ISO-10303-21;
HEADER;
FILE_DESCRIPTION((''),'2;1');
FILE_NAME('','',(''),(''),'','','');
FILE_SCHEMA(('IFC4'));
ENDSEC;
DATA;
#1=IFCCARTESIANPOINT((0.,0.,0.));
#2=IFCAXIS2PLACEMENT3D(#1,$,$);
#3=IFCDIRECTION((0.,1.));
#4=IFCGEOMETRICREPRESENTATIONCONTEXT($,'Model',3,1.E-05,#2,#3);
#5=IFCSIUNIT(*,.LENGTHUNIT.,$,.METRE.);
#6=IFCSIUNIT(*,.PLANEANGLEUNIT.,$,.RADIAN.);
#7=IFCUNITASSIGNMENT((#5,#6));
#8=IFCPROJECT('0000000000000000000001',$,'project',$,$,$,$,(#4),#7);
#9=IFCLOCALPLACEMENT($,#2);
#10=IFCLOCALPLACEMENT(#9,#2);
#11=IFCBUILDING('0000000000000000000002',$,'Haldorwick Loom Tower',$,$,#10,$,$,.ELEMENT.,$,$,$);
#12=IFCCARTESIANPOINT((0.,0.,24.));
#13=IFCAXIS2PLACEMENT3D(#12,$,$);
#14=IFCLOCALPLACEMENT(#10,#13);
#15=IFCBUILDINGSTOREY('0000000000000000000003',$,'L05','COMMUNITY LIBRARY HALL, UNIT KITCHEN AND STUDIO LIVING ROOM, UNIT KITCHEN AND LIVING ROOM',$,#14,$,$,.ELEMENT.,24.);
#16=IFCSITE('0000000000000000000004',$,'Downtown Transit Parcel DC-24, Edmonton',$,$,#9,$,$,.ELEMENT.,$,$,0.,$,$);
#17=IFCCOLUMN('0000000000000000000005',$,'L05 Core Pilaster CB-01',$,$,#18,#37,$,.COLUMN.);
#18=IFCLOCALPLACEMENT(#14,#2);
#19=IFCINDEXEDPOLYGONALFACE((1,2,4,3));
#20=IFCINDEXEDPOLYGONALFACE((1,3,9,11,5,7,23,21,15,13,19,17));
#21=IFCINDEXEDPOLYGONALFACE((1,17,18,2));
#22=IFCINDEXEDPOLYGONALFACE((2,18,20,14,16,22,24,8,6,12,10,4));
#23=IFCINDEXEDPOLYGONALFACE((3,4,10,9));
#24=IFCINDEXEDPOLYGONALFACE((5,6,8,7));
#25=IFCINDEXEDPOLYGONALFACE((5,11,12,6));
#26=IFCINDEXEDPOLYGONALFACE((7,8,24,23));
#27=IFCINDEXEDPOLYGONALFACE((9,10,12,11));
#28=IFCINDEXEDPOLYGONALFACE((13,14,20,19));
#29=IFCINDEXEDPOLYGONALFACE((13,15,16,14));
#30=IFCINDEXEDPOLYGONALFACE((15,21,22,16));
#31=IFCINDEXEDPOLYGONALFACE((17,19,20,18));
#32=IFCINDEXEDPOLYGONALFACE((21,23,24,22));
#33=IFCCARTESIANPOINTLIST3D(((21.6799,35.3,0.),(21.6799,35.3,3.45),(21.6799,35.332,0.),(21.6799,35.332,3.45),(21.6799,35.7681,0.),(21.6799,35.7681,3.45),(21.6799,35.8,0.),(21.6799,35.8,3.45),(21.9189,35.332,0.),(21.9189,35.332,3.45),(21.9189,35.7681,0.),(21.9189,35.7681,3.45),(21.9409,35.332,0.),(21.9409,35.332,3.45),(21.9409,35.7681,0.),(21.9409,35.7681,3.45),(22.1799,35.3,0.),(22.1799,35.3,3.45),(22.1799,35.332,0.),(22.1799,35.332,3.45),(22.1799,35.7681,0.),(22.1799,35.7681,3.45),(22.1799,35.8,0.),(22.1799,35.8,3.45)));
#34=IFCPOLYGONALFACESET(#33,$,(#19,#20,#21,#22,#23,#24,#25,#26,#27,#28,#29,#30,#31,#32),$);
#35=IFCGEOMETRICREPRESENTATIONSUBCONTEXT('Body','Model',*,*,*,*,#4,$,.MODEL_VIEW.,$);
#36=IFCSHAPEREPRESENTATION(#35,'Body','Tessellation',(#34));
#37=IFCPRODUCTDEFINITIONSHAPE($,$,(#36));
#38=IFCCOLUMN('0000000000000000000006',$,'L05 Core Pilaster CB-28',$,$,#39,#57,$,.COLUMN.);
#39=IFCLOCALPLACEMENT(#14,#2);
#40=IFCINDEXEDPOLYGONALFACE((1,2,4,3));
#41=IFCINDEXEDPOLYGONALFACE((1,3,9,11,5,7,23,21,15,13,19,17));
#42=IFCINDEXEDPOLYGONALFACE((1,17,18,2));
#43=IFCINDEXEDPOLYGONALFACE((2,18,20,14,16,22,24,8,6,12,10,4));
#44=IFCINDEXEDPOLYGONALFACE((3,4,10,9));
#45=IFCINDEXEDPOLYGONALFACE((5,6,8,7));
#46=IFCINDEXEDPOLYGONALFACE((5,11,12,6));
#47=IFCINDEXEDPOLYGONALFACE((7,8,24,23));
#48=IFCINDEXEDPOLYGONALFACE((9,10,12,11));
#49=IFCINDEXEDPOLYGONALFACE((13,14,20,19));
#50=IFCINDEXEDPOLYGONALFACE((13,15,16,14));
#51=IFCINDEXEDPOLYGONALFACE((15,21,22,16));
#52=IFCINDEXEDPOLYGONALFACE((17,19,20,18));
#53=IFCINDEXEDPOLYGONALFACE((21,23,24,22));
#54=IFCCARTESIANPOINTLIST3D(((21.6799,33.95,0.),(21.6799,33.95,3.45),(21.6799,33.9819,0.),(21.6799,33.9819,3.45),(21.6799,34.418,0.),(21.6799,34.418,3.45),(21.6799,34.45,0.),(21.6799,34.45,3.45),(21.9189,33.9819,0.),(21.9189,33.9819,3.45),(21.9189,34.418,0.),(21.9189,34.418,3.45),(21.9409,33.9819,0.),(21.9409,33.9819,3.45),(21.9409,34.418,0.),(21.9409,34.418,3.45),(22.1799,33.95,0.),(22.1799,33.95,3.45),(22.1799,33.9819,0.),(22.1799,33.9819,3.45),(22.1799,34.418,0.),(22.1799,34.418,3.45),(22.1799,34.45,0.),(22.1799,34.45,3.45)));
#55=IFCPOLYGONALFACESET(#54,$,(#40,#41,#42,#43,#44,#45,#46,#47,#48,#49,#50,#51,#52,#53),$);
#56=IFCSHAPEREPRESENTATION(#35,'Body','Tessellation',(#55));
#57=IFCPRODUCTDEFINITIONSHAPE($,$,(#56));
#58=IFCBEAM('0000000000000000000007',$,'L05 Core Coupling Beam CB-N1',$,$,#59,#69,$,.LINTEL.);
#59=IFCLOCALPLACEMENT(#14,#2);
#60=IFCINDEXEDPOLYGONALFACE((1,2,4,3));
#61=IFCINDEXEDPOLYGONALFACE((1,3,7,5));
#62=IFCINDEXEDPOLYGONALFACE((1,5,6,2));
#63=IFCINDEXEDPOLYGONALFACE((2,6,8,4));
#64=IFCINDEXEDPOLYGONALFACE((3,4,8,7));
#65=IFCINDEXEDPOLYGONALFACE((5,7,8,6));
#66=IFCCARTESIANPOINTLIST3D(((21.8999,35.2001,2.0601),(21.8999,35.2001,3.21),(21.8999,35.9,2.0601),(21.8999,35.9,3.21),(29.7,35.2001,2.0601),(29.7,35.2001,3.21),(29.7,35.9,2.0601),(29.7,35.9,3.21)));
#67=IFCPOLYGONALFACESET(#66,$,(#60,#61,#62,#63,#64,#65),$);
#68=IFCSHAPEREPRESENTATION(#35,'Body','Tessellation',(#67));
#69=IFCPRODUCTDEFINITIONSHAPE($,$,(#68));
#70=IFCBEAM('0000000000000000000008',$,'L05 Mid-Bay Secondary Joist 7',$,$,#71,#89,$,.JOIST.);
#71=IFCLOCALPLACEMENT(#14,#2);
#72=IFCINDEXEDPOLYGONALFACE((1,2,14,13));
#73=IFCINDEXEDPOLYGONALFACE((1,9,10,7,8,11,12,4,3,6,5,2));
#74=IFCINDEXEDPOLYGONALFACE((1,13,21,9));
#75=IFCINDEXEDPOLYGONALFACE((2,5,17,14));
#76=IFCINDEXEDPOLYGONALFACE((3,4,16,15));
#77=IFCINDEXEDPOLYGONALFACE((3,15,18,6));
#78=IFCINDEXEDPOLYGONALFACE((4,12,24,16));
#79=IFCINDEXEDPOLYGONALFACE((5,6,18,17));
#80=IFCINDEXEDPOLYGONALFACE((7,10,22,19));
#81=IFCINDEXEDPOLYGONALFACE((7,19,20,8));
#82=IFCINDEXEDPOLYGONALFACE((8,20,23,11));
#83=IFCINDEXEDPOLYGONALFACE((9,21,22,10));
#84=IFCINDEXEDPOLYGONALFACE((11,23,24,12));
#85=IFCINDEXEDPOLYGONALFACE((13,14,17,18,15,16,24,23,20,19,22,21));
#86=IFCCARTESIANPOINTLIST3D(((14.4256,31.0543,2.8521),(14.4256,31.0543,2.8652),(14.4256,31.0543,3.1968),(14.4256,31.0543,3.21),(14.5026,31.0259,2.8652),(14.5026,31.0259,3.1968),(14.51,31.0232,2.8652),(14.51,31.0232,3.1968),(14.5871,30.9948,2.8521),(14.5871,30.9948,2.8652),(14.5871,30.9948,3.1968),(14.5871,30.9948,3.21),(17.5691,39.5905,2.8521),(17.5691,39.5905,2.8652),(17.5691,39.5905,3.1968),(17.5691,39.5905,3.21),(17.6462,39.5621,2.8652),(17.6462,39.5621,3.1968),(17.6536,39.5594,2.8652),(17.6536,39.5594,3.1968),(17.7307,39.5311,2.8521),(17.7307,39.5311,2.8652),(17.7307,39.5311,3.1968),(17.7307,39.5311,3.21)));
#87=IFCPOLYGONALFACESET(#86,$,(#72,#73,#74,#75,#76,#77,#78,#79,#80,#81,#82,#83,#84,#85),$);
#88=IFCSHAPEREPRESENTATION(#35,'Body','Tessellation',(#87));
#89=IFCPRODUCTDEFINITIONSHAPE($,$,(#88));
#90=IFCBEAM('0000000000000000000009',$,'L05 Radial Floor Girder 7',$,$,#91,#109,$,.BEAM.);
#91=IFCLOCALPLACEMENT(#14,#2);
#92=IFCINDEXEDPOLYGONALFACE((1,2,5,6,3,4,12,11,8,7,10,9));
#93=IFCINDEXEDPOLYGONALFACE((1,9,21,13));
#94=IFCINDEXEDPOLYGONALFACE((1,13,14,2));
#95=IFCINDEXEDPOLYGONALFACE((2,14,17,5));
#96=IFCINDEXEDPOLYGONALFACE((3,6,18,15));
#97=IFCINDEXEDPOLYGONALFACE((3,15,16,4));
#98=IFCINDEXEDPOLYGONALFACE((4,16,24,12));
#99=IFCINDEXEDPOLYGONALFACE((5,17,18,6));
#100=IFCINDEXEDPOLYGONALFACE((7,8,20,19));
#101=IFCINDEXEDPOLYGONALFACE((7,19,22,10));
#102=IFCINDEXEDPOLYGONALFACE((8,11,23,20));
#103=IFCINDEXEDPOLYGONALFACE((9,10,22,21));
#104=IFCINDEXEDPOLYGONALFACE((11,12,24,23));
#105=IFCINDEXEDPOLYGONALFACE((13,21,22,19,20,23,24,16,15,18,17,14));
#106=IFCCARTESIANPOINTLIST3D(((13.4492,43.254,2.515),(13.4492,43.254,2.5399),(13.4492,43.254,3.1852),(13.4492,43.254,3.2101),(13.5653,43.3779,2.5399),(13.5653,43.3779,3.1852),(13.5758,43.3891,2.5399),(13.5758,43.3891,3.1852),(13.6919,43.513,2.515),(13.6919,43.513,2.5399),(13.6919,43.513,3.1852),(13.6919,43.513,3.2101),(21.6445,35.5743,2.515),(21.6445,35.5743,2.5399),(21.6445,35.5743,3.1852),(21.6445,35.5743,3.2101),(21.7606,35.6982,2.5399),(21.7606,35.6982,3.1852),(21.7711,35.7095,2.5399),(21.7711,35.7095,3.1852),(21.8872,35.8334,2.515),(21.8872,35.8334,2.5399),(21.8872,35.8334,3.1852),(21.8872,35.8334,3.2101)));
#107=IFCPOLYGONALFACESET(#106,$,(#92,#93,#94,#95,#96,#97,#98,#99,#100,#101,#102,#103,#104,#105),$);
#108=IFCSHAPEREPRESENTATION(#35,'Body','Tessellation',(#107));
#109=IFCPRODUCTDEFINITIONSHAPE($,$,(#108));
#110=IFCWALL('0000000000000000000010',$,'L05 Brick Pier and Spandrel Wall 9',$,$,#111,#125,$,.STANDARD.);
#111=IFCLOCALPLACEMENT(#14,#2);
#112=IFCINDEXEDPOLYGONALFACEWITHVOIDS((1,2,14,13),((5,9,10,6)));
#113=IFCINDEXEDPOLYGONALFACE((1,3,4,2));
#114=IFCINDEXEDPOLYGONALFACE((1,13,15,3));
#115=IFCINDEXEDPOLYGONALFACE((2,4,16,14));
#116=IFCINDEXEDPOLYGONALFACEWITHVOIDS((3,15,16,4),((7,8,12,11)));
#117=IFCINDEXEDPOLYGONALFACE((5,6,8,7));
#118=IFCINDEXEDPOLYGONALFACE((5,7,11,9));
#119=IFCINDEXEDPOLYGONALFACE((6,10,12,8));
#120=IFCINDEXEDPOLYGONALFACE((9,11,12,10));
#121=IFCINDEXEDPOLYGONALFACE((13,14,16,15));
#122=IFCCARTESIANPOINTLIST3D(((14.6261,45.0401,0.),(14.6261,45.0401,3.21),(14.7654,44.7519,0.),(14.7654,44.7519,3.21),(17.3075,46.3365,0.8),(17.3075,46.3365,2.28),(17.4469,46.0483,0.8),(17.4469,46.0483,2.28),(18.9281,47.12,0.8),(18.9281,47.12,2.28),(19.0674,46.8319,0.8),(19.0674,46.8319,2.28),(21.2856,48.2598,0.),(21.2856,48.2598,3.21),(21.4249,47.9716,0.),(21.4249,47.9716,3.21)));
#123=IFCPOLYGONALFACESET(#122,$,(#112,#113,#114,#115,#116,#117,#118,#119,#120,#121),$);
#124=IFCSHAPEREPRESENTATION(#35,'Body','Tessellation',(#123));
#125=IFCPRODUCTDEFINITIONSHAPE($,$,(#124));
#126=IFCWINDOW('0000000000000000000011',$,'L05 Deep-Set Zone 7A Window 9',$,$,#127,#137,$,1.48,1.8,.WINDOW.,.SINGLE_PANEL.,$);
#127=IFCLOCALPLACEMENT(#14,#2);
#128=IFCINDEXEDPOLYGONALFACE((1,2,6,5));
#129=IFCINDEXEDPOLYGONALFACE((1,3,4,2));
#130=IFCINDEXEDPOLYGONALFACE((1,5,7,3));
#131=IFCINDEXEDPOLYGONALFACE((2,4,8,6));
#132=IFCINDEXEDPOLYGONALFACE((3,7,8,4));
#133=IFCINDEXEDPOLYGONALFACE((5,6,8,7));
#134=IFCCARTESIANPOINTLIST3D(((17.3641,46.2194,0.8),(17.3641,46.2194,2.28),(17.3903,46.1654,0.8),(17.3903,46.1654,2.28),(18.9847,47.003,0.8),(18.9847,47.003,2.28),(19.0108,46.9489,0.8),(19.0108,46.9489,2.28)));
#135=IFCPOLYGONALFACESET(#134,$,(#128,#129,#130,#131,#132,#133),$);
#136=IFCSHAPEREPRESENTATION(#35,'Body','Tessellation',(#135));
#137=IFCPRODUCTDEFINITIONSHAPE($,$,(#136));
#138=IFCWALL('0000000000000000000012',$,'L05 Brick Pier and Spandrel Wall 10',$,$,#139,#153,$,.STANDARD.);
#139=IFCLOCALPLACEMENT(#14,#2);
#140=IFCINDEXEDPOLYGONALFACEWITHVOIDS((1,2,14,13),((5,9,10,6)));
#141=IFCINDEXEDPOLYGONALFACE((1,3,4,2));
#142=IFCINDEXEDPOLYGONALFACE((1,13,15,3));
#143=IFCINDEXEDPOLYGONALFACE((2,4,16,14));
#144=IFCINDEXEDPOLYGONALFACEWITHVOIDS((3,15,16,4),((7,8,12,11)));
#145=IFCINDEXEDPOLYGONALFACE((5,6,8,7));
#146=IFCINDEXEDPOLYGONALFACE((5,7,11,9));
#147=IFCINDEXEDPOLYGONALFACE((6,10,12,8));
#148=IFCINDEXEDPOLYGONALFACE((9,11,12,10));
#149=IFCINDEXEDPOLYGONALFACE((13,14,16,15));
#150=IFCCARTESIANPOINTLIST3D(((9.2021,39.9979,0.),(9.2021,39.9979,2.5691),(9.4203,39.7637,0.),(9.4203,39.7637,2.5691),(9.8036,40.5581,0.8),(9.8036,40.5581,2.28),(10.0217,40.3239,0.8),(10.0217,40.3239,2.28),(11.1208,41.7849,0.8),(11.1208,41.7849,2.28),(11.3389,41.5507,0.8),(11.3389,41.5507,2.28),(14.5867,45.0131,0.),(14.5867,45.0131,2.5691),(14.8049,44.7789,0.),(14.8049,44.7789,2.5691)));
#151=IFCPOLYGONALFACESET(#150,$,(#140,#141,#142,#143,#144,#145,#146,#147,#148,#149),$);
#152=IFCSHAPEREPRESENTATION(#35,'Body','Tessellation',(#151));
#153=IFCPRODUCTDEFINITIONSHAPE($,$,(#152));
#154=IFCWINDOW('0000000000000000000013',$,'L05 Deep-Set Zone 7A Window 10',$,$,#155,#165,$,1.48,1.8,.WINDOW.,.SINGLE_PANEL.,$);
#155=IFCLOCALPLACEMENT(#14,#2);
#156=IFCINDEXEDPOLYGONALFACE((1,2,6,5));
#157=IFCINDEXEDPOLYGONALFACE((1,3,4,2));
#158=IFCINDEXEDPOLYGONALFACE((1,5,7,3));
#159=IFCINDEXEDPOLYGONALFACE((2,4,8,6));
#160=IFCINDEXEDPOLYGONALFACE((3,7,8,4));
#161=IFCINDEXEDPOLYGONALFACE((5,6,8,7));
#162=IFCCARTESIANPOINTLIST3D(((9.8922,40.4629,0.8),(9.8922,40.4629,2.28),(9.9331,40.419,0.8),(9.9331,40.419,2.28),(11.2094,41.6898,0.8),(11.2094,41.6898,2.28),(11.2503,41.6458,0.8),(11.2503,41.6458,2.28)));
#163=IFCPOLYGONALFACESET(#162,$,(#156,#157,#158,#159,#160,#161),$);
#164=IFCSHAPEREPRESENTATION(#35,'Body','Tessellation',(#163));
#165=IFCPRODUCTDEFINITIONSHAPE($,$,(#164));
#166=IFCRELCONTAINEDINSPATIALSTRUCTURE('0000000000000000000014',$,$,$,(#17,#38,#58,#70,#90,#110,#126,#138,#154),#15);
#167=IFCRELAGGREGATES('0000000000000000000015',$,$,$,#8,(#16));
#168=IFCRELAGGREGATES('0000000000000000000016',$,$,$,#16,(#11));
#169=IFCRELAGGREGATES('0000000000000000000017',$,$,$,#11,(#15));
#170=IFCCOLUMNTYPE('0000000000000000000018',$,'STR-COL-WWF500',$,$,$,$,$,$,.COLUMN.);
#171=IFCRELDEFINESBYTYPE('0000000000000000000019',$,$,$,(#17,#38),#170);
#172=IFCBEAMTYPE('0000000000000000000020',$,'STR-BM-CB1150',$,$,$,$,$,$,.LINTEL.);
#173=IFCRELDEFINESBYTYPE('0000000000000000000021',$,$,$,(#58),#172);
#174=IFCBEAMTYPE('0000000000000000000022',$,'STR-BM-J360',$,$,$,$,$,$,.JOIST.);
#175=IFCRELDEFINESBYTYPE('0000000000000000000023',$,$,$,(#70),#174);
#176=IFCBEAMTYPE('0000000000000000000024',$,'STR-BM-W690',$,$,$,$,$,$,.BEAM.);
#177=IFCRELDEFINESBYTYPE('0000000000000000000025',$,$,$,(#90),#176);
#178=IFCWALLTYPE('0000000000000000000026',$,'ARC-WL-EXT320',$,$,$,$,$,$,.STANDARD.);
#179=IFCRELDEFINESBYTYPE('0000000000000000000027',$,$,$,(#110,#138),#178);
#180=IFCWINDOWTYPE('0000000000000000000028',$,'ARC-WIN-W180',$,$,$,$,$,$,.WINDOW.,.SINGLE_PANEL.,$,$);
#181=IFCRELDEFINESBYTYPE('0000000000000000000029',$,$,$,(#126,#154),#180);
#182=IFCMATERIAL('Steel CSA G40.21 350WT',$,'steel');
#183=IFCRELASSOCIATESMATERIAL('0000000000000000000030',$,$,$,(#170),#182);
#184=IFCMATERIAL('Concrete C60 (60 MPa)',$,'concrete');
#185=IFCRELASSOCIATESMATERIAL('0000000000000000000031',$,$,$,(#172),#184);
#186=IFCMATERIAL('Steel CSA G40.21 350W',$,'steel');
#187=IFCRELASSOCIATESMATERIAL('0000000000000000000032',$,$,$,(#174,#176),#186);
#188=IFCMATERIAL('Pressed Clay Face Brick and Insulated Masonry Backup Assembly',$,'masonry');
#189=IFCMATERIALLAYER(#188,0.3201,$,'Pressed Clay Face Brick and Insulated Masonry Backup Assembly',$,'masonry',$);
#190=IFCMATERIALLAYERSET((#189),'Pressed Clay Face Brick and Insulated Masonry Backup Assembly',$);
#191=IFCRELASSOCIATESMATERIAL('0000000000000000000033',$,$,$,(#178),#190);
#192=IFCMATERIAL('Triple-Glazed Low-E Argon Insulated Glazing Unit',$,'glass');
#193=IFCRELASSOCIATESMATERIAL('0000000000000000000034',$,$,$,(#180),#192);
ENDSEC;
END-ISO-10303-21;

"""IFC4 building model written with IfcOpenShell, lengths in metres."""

from ifc_helpers import new_model, si_unit, direction, frame, frame_2d, origin, origin_2d, place, context, subcontext, project, spatial, rectangle, i_section, extrude, material, layer, layer_set, material_profile, profile_set, type_object, element, fill, save


model = new_model("IFC4")

# Units and contexts
model_context = context("Model", 3, precision=1e-05, world=origin(), true_north=direction((0.0, 1.0)))
body_context = subcontext(model_context, "Body", "Model", "MODEL_VIEW")
ifc_project = project(units=[si_unit("LENGTHUNIT", "METRE"), si_unit("PLANEANGLEUNIT", "RADIAN")], contexts=[model_context])

# Site, building, storey
site_placement = place(None, origin())
site = spatial("IfcSite", under=ifc_project, at=site_placement, Name="Downtown Transit Parcel DC-24, Edmonton", CompositionType="ELEMENT", RefElevation=0.0)
building_placement = place(site_placement, origin())
building = spatial("IfcBuilding", under=site, at=building_placement, Name="Haldorwick Loom Tower", CompositionType="ELEMENT")
storey_placement = place(building_placement, frame((0.0, 0.0, 24.0)))
storey = spatial("IfcBuildingStorey", under=building, at=storey_placement, Name="L05", Description="COMMUNITY LIBRARY HALL, UNIT KITCHEN AND STUDIO LIVING ROOM, UNIT KITCHEN AND LIVING ROOM", CompositionType="ELEMENT", Elevation=24.0)

# Columns
ifc_material_1 = material(Name="Steel CSA G40.21 350WT", Category="steel")
ifc_material_profile_1 = material_profile(ifc_material_1, i_section(OverallWidth=0.5, OverallDepth=0.5, WebThickness=0.022, FlangeThickness=0.032, at=origin_2d()), Name="WWF500X500", Category="steel")
ifc_profile_set_1 = profile_set([ifc_material_profile_1], Name="Steel CSA G40.21 350WT")
column_type = type_object("IfcColumnType", Name="STR-COL-WWF500", PredefinedType="COLUMN", material=ifc_profile_set_1)
for number, where, z_axis, x_axis, name in (
    (1, (21.9299, 35.55, 0.0), (0.0, 0.0, 1.0), (1.0, 0.0, 0.0), "L05 Core Pilaster CB-01"),
    (2, (21.9299, 34.2, 0.0), (0.0, 0.0, 1.0), (1.0, 0.0, 0.0), "L05 Core Pilaster CB-28"),
):
    element("IfcColumn", number, at=place(storey_placement, frame(where, z_axis=z_axis, x_axis=x_axis)), inside=storey, type_object=column_type, Name=name, PredefinedType="COLUMN", context=body_context, shape_type="SweptSolid", body=[
        extrude(i_section(OverallWidth=0.5, OverallDepth=0.5, WebThickness=0.022, FlangeThickness=0.032, at=origin_2d()), origin(), (0.0, 0.0, 1.0), 3.45),
    ])

# Beams
ifc_material_2 = material(Name="Concrete C60 (60 MPa)", Category="concrete")
ifc_material_profile_2 = material_profile(ifc_material_2, rectangle(XDim=0.7, YDim=1.1499, at=origin_2d()), Name="RC700X1150", Category="concrete")
ifc_profile_set_2 = profile_set([ifc_material_profile_2], Name="Concrete C60 (60 MPa)")
beam_type_1 = type_object("IfcBeamType", Name="STR-BM-CB1150", PredefinedType="LINTEL", material=ifc_profile_set_2)
beam_1_placement = place(storey_placement, frame((21.8999, 35.55, 2.635), z_axis=(1.0, 0.0, 0.0), x_axis=(0.0, 1.0, 0.0)))
element("IfcBeam", 3, at=beam_1_placement, inside=storey, type_object=beam_type_1, Name="L05 Core Coupling Beam CB-N1", PredefinedType="LINTEL", context=body_context, shape_type="SweptSolid", body=[
    extrude(rectangle(XDim=0.7, YDim=1.1499, at=origin_2d()), origin(), (0.0, 0.0, 1.0), 7.8),
])
ifc_material_3 = material(Name="Steel CSA G40.21 350W", Category="steel")
ifc_material_profile_3 = material_profile(ifc_material_3, i_section(OverallWidth=0.1721, OverallDepth=0.3579, WebThickness=0.0078, FlangeThickness=0.0132, at=origin_2d()), Name="W360X57", Category="steel")
ifc_profile_set_3 = profile_set([ifc_material_profile_3], Name="Steel CSA G40.21 350W")
beam_type_2 = type_object("IfcBeamType", Name="STR-BM-J360", PredefinedType="JOIST", material=ifc_profile_set_3)
beam_2_placement = place(storey_placement, frame((17.6499, 39.5608, 3.031), z_axis=(-0.345576, -0.938391, 0.0), x_axis=(0.938391, -0.345576, 0.0)))
element("IfcBeam", 4, at=beam_2_placement, inside=storey, type_object=beam_type_2, Name="L05 Mid-Bay Secondary Joist 7", PredefinedType="JOIST", context=body_context, shape_type="SweptSolid", body=[
    extrude(i_section(OverallWidth=0.1721, OverallDepth=0.3579, WebThickness=0.0078, FlangeThickness=0.0132, at=origin_2d()), origin(), (0.0, 0.0, 1.0), 9.0967),
])
ifc_material_profile_4 = material_profile(ifc_material_3, i_section(OverallWidth=0.355, OverallDepth=0.6951, WebThickness=0.0154, FlangeThickness=0.0249, at=origin_2d()), Name="W690X217", Category="steel")
ifc_profile_set_4 = profile_set([ifc_material_profile_4], Name="Steel CSA G40.21 350W")
beam_type_3 = type_object("IfcBeamType", Name="STR-BM-W690", PredefinedType="BEAM", material=ifc_profile_set_4)
beam_3_placement = place(storey_placement, frame((21.7659, 35.7039, 2.8625), z_axis=(-0.729689, 0.683779, 0.0), x_axis=(-0.683779, -0.729689, 0.0)))
element("IfcBeam", 5, at=beam_3_placement, inside=storey, type_object=beam_type_3, Name="L05 Radial Floor Girder 7", PredefinedType="BEAM", context=body_context, shape_type="SweptSolid", body=[
    extrude(i_section(OverallWidth=0.355, OverallDepth=0.6951, WebThickness=0.0154, FlangeThickness=0.0249, at=origin_2d()), origin(), (0.0, 0.0, 1.0), 11.2312),
])

# Walls, openings, windows
ifc_material_4 = material(Name="Pressed Clay Face Brick and Insulated Masonry Backup Assembly", Category="masonry")
ifc_layer_1 = layer(ifc_material_4, 0.3201, Name="Pressed Clay Face Brick and Insulated Masonry Backup Assembly", Category="masonry")
ifc_layer_set_1 = layer_set([ifc_layer_1], Name="Pressed Clay Face Brick and Insulated Masonry Backup Assembly")
wall_type_1 = type_object("IfcWallType", Name="ARC-WL-EXT320", PredefinedType="STANDARD", material=ifc_layer_set_1)
wall_1_placement = place(storey_placement, frame((21.3552, 48.1157, 0.0), z_axis=(0.0, 0.0, 1.0), x_axis=(-0.900296, -0.435279, 0.0)))
wall_1 = element("IfcWall", 6, at=wall_1_placement, inside=storey, type_object=wall_type_1, Name="L05 Brick Pier and Spandrel Wall 9", PredefinedType="STANDARD", context=body_context, shape_type="SweptSolid", body=[
    extrude(rectangle(XDim=7.397, YDim=0.3201, at=frame_2d((3.6985, 0.0))), origin(), (0.0, 0.0, 1.0), 3.21),
])
opening_1_placement = place(wall_1_placement, frame((2.6187, 0.0, 0.8)))
opening_1 = element("IfcOpeningElement", 7, at=opening_1_placement, cuts=wall_1, PredefinedType="OPENING", context=body_context, shape_type="SweptSolid", body=[
    extrude(rectangle(XDim=1.8, YDim=1.48, at=frame_2d((0.8999, 0.74))), frame((0.0, 0.1699, 0.0), z_axis=(0.0, -1.0, 0.0), x_axis=(1.0, 0.0, 0.0)), (0.0, 0.0, 1.0), 0.3401),
])
ifc_material_5 = material(Name="Triple-Glazed Low-E Argon Insulated Glazing Unit", Category="glass")
window_type = type_object("IfcWindowType", Name="ARC-WIN-W180", PartitioningType="SINGLE_PANEL", PredefinedType="WINDOW", material=ifc_material_5)
window_1_placement = place(opening_1_placement, origin())
window_1 = element("IfcWindow", 8, at=window_1_placement, inside=storey, type_object=window_type, Name="L05 Deep-Set Zone 7A Window 9", OverallHeight=1.48, OverallWidth=1.8, PartitioningType="SINGLE_PANEL", PredefinedType="WINDOW", context=body_context, shape_type="SweptSolid", body=[
    extrude(rectangle(XDim=1.8, YDim=1.48, at=frame_2d((0.8999, 0.74))), frame((0.0, 0.03, 0.0), z_axis=(0.0, -1.0, 0.0), x_axis=(1.0, 0.0, 0.0)), (0.0, 0.0, 1.0), 0.0601),
])
fill(opening_1, window_1)
wall_2_placement = place(storey_placement, frame((14.6958, 44.896, 0.0), z_axis=(0.0, 0.0, 1.0), x_axis=(-0.731761, -0.681561, 0.0)))
wall_2 = element("IfcWall", 9, at=wall_2_placement, inside=storey, type_object=wall_type_1, Name="L05 Brick Pier and Spandrel Wall 10", PredefinedType="STANDARD", context=body_context, shape_type="SweptSolid", body=[
    extrude(rectangle(XDim=7.3584, YDim=0.3201, at=frame_2d((3.6792, 0.0))), origin(), (0.0, 0.0, 1.0), 2.5691),
])
opening_2_placement = place(wall_2_placement, frame((4.7366, 0.0, 0.8)))
opening_2 = element("IfcOpeningElement", 10, at=opening_2_placement, cuts=wall_2, PredefinedType="OPENING", context=body_context, shape_type="SweptSolid", body=[
    extrude(rectangle(XDim=1.8, YDim=1.48, at=frame_2d((0.8999, 0.74))), frame((0.0, 0.1699, 0.0), z_axis=(0.0, -1.0, 0.0), x_axis=(1.0, 0.0, 0.0)), (0.0, 0.0, 1.0), 0.3401),
])
window_2_placement = place(opening_2_placement, origin())
window_2 = element("IfcWindow", 11, at=window_2_placement, inside=storey, type_object=window_type, Name="L05 Deep-Set Zone 7A Window 10", OverallHeight=1.48, OverallWidth=1.8, PartitioningType="SINGLE_PANEL", PredefinedType="WINDOW", context=body_context, shape_type="SweptSolid", body=[
    extrude(rectangle(XDim=1.8, YDim=1.48, at=frame_2d((0.8999, 0.74))), frame((0.0, 0.03, 0.0), z_axis=(0.0, -1.0, 0.0), x_axis=(1.0, 0.0, 0.0)), (0.0, 0.0, 1.0), 0.0601),
])
fill(opening_2, window_2)

save(model, "model.ifc")
